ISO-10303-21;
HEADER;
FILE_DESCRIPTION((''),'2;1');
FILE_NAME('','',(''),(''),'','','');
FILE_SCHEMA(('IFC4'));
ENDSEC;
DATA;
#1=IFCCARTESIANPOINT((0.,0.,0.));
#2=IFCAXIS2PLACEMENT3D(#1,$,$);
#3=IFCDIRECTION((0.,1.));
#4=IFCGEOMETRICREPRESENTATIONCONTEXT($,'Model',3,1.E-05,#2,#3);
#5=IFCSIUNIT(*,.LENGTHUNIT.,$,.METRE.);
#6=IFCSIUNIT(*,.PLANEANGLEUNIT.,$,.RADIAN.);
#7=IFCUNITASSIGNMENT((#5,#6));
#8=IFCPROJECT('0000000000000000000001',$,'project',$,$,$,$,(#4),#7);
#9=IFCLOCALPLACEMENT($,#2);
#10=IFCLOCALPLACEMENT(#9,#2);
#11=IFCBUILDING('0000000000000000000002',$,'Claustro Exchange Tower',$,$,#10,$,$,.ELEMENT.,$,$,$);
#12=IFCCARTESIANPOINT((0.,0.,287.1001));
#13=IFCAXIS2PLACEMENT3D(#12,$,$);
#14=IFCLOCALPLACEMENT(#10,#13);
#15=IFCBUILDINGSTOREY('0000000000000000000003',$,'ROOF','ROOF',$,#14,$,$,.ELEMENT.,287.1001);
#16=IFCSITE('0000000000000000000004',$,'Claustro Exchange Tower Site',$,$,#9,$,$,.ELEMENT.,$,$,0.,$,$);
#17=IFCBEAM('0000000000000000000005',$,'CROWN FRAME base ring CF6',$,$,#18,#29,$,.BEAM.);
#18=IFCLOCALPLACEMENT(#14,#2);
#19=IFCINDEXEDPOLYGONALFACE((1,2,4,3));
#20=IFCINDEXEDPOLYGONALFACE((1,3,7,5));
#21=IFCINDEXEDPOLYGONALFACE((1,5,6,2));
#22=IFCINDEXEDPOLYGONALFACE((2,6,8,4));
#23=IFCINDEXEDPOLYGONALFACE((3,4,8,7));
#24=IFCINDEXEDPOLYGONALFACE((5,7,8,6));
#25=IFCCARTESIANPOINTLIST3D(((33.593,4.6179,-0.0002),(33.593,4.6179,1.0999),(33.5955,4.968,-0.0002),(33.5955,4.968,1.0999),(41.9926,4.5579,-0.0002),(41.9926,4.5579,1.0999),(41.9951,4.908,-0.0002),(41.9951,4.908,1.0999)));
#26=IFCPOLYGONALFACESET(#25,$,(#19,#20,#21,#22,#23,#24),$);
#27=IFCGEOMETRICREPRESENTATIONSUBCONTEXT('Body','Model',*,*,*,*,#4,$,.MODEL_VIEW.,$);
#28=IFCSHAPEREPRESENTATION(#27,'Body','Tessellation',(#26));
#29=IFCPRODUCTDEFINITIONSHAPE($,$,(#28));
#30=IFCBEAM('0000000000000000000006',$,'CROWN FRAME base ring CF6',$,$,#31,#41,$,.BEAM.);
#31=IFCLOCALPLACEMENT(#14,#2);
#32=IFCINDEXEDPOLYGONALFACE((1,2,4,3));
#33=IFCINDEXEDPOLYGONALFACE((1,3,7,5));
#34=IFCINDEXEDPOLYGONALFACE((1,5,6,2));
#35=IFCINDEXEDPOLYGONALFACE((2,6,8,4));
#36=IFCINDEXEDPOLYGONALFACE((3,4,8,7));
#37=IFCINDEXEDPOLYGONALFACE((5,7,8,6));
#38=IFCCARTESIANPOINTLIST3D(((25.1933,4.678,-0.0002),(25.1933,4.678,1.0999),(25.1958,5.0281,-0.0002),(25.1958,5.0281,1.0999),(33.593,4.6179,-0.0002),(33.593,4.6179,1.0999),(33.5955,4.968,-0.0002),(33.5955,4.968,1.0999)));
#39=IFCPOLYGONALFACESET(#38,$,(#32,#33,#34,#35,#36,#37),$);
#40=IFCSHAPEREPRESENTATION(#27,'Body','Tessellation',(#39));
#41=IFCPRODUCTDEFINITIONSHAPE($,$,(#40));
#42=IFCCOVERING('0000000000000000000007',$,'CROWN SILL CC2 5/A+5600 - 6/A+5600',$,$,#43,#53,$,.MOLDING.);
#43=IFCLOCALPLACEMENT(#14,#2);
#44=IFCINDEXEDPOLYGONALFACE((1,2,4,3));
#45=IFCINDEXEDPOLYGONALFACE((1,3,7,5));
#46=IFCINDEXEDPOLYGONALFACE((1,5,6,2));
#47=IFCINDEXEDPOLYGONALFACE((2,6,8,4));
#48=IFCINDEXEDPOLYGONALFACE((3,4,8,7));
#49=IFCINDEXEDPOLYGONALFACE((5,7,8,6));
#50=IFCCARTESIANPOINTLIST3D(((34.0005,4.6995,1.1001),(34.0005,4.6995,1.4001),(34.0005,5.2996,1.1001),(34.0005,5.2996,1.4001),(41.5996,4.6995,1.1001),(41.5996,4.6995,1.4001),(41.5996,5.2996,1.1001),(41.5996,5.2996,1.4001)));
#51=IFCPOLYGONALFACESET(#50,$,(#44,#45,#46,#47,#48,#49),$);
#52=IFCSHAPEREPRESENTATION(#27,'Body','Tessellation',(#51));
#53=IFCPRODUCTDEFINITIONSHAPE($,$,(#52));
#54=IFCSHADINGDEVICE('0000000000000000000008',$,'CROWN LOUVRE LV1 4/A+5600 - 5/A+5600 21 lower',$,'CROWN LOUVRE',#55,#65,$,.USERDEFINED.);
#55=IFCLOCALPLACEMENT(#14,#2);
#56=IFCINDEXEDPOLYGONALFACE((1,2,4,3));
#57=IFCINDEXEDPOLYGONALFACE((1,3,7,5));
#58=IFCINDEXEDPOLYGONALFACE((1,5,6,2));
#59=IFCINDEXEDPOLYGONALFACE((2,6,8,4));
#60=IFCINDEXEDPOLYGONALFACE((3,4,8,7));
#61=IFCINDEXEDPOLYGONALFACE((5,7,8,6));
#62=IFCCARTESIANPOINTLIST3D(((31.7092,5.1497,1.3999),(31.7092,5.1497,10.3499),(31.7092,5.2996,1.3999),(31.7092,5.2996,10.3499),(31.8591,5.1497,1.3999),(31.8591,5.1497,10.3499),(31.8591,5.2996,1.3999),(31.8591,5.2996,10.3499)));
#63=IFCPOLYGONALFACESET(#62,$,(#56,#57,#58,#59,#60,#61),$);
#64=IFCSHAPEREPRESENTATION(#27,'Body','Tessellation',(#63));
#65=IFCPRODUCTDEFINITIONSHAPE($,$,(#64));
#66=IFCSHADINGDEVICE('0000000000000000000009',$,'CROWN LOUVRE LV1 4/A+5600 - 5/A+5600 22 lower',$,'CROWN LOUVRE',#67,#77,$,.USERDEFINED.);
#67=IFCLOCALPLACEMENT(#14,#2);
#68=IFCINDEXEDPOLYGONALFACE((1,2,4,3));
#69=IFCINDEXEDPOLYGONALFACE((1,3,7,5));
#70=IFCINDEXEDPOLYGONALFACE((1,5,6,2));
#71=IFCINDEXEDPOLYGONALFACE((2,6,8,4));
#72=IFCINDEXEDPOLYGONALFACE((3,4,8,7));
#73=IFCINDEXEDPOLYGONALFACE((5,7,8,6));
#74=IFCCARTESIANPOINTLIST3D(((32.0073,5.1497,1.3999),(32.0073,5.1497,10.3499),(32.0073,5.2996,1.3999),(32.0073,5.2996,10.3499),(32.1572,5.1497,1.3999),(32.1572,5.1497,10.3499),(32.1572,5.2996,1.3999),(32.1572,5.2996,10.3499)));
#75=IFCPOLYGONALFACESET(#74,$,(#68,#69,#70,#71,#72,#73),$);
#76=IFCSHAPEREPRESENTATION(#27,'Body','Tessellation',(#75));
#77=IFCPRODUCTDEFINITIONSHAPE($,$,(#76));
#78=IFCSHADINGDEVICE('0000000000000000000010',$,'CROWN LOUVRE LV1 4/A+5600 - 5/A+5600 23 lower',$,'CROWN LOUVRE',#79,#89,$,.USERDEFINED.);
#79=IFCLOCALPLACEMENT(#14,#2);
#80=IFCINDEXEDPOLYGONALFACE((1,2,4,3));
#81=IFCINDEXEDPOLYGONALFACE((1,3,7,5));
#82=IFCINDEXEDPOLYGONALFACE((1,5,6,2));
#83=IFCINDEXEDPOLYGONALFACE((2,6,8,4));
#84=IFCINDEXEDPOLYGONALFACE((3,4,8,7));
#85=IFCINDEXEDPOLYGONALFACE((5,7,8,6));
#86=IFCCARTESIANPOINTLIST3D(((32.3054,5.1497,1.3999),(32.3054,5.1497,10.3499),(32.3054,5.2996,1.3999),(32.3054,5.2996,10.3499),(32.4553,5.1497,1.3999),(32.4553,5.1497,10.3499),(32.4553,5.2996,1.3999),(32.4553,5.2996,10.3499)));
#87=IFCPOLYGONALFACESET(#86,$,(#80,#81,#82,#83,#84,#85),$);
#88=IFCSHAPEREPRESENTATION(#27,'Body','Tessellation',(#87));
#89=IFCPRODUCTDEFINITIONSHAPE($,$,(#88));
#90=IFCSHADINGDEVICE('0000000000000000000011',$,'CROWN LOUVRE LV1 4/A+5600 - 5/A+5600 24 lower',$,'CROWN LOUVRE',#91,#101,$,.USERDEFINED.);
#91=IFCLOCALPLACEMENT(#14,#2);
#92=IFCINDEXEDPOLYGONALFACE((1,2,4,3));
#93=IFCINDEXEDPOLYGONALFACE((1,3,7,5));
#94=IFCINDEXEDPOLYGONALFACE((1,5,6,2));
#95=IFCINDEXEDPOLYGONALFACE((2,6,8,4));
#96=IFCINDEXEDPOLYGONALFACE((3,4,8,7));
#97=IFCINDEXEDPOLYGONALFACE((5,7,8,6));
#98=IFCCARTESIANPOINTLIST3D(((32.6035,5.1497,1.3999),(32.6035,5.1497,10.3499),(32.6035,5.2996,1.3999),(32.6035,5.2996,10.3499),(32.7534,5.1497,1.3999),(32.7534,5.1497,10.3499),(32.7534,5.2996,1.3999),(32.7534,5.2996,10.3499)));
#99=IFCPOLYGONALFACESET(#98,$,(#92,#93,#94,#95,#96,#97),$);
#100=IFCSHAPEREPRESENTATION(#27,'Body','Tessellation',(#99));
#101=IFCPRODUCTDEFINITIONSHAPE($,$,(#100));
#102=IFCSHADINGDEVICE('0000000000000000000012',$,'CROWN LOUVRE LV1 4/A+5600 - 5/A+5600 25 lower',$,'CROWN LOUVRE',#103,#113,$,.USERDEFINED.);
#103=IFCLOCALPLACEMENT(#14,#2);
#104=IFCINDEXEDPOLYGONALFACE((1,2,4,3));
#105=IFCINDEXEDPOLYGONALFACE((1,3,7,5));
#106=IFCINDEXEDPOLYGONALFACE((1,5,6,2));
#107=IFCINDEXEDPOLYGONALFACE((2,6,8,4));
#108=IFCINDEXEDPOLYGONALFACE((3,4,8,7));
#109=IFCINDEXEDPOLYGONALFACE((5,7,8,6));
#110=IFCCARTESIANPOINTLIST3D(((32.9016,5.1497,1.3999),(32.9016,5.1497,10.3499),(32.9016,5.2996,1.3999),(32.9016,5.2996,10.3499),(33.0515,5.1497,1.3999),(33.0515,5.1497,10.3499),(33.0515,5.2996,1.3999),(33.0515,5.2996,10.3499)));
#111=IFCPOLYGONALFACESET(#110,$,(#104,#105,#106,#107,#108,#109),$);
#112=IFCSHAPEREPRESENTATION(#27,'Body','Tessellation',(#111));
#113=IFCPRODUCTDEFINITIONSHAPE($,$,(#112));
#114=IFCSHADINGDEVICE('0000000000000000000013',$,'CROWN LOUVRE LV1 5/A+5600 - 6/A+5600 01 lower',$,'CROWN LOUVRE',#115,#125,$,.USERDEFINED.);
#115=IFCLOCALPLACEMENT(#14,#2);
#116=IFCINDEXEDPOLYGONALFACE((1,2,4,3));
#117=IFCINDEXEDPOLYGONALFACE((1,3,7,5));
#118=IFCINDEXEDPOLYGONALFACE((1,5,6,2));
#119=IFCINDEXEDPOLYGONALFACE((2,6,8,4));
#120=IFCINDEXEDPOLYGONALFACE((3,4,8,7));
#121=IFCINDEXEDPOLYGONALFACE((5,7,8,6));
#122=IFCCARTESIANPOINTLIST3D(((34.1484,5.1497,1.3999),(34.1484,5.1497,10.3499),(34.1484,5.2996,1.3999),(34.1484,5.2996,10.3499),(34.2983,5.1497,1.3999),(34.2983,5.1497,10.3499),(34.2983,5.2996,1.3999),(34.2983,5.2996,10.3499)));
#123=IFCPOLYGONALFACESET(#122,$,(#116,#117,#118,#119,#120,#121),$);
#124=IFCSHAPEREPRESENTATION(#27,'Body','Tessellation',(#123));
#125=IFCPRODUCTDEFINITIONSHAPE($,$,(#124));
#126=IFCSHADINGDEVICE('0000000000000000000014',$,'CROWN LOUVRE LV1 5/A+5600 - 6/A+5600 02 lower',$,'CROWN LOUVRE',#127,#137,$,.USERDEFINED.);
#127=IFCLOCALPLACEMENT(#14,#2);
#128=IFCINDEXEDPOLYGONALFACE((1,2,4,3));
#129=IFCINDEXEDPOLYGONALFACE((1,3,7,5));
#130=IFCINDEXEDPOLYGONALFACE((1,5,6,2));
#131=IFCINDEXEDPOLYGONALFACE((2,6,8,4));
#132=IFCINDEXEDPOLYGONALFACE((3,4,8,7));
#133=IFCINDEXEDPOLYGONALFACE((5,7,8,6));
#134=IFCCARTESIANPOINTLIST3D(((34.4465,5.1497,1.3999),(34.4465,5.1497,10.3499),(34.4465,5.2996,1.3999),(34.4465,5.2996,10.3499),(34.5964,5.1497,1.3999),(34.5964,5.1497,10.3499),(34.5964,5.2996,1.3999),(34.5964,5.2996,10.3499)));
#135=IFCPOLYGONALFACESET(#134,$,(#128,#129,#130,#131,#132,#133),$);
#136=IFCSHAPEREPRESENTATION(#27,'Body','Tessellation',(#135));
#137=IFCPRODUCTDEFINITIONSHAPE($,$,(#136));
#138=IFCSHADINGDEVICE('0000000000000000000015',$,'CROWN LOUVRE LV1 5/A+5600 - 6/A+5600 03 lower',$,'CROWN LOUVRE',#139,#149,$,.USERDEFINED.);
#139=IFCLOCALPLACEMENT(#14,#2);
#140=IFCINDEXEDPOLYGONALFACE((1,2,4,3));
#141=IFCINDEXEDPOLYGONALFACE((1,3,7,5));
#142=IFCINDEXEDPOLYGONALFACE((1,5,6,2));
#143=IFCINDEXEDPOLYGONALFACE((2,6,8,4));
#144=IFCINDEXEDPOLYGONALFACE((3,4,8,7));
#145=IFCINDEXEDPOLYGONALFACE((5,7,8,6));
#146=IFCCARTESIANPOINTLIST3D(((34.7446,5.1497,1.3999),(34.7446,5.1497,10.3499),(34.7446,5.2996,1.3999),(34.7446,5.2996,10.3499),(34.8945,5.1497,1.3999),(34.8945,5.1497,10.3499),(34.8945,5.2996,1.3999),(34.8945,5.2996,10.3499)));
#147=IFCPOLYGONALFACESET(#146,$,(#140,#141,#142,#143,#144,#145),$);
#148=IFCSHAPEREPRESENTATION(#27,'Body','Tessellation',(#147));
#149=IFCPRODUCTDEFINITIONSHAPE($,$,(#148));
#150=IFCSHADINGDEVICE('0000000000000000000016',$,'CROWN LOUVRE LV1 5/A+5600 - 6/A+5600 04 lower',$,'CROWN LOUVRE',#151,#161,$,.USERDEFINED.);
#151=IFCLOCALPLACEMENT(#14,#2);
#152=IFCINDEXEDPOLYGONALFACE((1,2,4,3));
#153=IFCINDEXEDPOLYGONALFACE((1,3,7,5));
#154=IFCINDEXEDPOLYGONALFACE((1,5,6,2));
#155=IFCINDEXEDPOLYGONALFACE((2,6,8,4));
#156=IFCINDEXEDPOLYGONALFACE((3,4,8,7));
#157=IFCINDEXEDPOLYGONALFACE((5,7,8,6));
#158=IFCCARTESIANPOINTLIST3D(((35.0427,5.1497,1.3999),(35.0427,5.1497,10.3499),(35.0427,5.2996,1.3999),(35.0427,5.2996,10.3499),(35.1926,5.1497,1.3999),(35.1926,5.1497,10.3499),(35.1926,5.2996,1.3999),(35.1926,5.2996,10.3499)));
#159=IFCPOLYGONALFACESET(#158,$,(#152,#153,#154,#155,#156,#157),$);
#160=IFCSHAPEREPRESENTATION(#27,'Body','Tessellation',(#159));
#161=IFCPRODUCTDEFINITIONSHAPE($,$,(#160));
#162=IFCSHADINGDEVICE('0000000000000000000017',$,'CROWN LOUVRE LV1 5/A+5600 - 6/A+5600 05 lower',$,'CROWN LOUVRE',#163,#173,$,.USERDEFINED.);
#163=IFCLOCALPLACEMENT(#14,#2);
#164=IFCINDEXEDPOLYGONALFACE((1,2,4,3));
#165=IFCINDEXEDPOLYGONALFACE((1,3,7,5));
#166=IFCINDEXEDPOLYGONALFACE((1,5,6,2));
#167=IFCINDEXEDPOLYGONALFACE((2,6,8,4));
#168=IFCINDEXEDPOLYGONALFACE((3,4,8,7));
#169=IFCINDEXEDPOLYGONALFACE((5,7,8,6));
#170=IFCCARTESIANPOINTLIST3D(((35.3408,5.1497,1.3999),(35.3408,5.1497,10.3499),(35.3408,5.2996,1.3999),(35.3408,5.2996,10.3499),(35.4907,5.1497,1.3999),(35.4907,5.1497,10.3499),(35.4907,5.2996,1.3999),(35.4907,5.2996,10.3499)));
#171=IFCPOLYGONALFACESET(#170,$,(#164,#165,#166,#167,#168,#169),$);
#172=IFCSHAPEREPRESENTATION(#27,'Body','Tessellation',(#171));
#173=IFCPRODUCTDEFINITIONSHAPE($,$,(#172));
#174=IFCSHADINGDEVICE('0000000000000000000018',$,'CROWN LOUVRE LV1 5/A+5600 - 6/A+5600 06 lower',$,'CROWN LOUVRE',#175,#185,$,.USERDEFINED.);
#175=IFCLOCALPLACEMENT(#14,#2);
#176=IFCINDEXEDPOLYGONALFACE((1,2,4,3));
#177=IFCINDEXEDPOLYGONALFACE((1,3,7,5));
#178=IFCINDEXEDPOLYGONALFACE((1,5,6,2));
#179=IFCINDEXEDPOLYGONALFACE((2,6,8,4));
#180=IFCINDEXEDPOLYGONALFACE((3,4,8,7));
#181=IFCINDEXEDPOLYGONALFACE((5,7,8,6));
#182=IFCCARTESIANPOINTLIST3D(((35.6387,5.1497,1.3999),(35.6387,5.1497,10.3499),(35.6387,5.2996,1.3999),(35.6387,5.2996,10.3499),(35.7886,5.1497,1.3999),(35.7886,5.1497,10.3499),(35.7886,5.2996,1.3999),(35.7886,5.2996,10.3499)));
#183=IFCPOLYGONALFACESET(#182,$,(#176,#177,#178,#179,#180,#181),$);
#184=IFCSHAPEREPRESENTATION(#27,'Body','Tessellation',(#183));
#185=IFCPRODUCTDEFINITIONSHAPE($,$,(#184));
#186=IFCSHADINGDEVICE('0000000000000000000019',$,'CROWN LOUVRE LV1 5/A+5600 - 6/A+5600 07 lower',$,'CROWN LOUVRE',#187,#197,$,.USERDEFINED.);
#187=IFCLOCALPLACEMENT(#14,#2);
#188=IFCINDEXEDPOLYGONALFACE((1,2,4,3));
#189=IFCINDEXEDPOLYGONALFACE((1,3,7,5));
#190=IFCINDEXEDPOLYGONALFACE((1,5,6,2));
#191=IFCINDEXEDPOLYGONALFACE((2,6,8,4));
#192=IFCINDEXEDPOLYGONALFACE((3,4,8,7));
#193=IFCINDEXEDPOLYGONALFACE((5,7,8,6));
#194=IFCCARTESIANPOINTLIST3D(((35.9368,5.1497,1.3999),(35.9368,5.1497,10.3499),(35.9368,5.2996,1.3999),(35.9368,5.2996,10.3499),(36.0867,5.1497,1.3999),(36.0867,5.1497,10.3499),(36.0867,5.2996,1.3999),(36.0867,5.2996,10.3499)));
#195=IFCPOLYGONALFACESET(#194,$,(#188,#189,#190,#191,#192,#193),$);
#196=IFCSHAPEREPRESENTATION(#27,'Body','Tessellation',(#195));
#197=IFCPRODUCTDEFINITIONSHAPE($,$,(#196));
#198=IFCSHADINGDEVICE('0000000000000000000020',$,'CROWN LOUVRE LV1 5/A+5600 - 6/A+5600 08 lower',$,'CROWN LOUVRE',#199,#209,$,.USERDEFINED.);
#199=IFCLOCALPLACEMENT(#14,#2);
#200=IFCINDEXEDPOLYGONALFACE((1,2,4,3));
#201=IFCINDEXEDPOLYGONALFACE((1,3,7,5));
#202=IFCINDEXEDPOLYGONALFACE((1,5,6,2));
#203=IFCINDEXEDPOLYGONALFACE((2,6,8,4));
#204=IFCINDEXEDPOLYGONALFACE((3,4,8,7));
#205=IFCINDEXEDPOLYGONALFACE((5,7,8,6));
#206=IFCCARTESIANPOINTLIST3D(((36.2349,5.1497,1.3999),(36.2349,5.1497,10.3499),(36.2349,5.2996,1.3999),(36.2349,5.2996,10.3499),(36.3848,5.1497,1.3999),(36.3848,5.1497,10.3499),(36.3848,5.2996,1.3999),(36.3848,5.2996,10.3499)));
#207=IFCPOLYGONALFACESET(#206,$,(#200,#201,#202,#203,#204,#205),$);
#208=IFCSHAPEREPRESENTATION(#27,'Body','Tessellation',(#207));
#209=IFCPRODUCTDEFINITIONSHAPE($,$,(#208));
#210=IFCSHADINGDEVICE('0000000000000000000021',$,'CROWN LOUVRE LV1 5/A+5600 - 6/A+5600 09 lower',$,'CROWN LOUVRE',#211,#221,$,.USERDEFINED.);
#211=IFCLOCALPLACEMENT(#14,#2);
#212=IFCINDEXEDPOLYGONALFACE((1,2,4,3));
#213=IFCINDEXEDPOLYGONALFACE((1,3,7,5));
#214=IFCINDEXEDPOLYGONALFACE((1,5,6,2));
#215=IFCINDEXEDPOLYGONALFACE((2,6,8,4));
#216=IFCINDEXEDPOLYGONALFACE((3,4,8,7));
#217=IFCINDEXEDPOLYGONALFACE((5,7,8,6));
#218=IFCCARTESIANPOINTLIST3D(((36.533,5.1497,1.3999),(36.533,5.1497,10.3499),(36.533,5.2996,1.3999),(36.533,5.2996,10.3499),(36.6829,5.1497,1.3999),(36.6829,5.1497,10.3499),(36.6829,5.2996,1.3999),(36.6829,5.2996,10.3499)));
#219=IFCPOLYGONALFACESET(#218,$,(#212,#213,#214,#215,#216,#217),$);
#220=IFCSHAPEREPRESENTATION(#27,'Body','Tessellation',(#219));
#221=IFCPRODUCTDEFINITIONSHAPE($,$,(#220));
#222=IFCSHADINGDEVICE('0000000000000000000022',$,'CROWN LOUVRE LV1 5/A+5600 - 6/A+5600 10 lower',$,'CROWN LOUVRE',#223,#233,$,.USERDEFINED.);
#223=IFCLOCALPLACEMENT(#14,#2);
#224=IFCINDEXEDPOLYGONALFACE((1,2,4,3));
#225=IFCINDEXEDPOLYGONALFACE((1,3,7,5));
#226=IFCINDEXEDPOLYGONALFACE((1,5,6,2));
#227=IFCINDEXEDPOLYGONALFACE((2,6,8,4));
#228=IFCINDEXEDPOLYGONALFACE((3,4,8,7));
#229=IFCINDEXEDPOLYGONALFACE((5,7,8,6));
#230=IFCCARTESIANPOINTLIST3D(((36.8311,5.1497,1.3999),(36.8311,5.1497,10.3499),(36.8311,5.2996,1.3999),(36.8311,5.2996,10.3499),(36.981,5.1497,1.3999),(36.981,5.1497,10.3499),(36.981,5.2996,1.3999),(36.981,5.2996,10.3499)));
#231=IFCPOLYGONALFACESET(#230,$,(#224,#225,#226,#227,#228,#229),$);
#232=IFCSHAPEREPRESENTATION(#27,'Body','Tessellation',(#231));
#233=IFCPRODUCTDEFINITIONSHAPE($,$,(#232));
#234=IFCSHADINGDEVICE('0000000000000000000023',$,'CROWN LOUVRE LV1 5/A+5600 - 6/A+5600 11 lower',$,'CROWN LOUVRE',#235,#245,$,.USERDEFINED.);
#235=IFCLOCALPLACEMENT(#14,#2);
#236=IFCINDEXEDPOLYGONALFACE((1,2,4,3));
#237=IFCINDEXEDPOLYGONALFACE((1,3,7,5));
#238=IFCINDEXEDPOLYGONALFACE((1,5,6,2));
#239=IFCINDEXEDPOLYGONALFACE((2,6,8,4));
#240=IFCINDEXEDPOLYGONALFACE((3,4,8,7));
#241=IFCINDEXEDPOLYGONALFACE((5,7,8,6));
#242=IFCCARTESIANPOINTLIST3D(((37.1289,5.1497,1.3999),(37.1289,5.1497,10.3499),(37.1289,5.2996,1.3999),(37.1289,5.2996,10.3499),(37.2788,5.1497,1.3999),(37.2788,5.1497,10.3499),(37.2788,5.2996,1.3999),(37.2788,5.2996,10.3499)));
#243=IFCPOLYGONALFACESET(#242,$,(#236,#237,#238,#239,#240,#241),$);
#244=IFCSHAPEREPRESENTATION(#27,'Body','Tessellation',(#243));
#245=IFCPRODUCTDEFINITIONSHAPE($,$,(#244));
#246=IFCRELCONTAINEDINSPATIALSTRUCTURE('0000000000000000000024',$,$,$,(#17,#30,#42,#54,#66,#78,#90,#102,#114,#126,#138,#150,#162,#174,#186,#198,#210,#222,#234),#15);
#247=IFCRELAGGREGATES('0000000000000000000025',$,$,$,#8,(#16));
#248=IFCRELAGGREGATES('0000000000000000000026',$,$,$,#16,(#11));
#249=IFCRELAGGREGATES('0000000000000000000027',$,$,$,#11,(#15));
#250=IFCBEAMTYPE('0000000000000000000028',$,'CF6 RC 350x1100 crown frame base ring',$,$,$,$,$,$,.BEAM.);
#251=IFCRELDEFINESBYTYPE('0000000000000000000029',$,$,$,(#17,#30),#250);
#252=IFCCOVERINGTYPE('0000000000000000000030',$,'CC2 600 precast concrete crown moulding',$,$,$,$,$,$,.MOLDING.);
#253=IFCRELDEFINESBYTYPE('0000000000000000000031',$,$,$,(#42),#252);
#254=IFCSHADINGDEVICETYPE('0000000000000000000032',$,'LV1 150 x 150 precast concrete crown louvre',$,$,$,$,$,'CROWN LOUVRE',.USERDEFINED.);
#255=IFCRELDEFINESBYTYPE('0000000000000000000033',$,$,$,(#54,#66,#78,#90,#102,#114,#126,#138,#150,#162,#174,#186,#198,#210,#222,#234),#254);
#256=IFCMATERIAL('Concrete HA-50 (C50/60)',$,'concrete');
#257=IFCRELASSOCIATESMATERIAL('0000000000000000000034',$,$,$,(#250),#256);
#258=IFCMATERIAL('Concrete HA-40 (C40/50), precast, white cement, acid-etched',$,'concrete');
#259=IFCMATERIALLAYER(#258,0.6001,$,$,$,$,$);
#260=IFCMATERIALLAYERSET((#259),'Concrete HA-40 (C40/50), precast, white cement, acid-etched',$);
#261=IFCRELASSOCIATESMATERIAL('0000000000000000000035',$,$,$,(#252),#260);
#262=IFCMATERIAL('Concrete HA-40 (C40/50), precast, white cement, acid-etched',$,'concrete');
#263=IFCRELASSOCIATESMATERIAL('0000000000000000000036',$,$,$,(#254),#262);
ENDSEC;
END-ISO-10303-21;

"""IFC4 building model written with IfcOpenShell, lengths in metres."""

from ifc_helpers import new_model, si_unit, direction, frame, origin, origin_2d, place, context, subcontext, project, spatial, rectangle, extrude, material, layer, layer_set, material_profile, profile_set, type_object, element, save


model = new_model("IFC4")

# Units and contexts
model_context = context("Model", 3, precision=1e-05, world=origin(), true_north=direction((0.0, 1.0)))
body_context = subcontext(model_context, "Body", "Model", "MODEL_VIEW")
ifc_project = project(units=[si_unit("LENGTHUNIT", "METRE"), si_unit("PLANEANGLEUNIT", "RADIAN")], contexts=[model_context])

# Site, building, storey
site_placement = place(None, origin())
site = spatial("IfcSite", under=ifc_project, at=site_placement, Name="Claustro Exchange Tower Site", CompositionType="ELEMENT", RefElevation=0.0)
building_placement = place(site_placement, origin())
building = spatial("IfcBuilding", under=site, at=building_placement, Name="Claustro Exchange Tower", CompositionType="ELEMENT")
storey_placement = place(building_placement, frame((0.0, 0.0, 287.1001)))
storey = spatial("IfcBuildingStorey", under=building, at=storey_placement, Name="ROOF", Description="ROOF", CompositionType="ELEMENT", Elevation=287.1001)

# Beams
ifc_material_1 = material(Name="Concrete HA-50 (C50/60)", Category="concrete")
ifc_material_profile = material_profile(ifc_material_1, rectangle(XDim=0.3501, YDim=1.1001, at=origin_2d()), Name="RC 350x1100")
ifc_profile_set = profile_set([ifc_material_profile], Name="Concrete HA-50 (C50/60)")
beam_type = type_object("IfcBeamType", Name="CF6 RC 350x1100 crown frame base ring", PredefinedType="BEAM", material=ifc_profile_set)
for number, where, z_axis, x_axis, name in (
    (1, (41.9939, 4.7329, 0.5498), (-0.999974, 0.00715, 0.0), (-0.00715, -0.999974, 0.0), "CROWN FRAME base ring CF6"),
    (2, (33.5942, 4.793, 0.5498), (-0.999974, 0.00715, 0.0), (-0.00715, -0.999974, 0.0), "CROWN FRAME base ring CF6"),
):
    element("IfcBeam", number, at=place(storey_placement, frame(where, z_axis=z_axis, x_axis=x_axis)), inside=storey, type_object=beam_type, Name=name, PredefinedType="BEAM", context=body_context, shape_type="SweptSolid", body=[
        extrude(rectangle(XDim=0.3501, YDim=1.1001, at=origin_2d()), origin(), (0.0, 0.0, 1.0), 8.3999),
    ])

# Covering
ifc_material_2 = material(Name="Concrete HA-40 (C40/50), precast, white cement, acid-etched", Category="concrete")
ifc_layer = layer(ifc_material_2, 0.6001)
ifc_layer_set = layer_set([ifc_layer], Name="Concrete HA-40 (C40/50), precast, white cement, acid-etched")
covering_type = type_object("IfcCoveringType", Name="CC2 600 precast concrete crown moulding", PredefinedType="MOLDING", material=ifc_layer_set)
covering_placement = place(storey_placement, frame((37.8, 4.9995, 1.1001), z_axis=(0.0, 0.0, 1.0), x_axis=(1.0, 0.0, 0.0)))
element("IfcCovering", 3, at=covering_placement, inside=storey, type_object=covering_type, Name="CROWN SILL CC2 5/A+5600 - 6/A+5600", PredefinedType="MOLDING", context=body_context, shape_type="SweptSolid", body=[
    extrude(rectangle(XDim=7.5991, YDim=0.6001, at=origin_2d()), origin(), (0.0, 0.0, 1.0), 0.3),
])

# Shading devices
ifc_material_3 = material(Name="Concrete HA-40 (C40/50), precast, white cement, acid-etched", Category="concrete")
shading_device_type = type_object("IfcShadingDeviceType", Name="LV1 150 x 150 precast concrete crown louvre", ElementType="CROWN LOUVRE", PredefinedType="USERDEFINED", material=ifc_material_3)
for number, where, z_axis, x_axis, name in (
    (4, (31.7842, 5.2246, 1.3999), (0.0, 0.0, 1.0), (1.0, 0.0, 0.0), "CROWN LOUVRE LV1 4/A+5600 - 5/A+5600 21 lower"),
    (5, (32.0823, 5.2246, 1.3999), (0.0, 0.0, 1.0), (1.0, 0.0, 0.0), "CROWN LOUVRE LV1 4/A+5600 - 5/A+5600 22 lower"),
    (6, (32.3804, 5.2246, 1.3999), (0.0, 0.0, 1.0), (1.0, 0.0, 0.0), "CROWN LOUVRE LV1 4/A+5600 - 5/A+5600 23 lower"),
    (7, (32.6785, 5.2246, 1.3999), (0.0, 0.0, 1.0), (1.0, 0.0, 0.0), "CROWN LOUVRE LV1 4/A+5600 - 5/A+5600 24 lower"),
    (8, (32.9766, 5.2246, 1.3999), (0.0, 0.0, 1.0), (1.0, 0.0, 0.0), "CROWN LOUVRE LV1 4/A+5600 - 5/A+5600 25 lower"),
    (9, (34.2234, 5.2246, 1.3999), (0.0, 0.0, 1.0), (1.0, 0.0, 0.0), "CROWN LOUVRE LV1 5/A+5600 - 6/A+5600 01 lower"),
    (10, (34.5215, 5.2246, 1.3999), (0.0, 0.0, 1.0), (1.0, 0.0, 0.0), "CROWN LOUVRE LV1 5/A+5600 - 6/A+5600 02 lower"),
    (11, (34.8196, 5.2246, 1.3999), (0.0, 0.0, 1.0), (1.0, 0.0, 0.0), "CROWN LOUVRE LV1 5/A+5600 - 6/A+5600 03 lower"),
    (12, (35.1177, 5.2246, 1.3999), (0.0, 0.0, 1.0), (1.0, 0.0, 0.0), "CROWN LOUVRE LV1 5/A+5600 - 6/A+5600 04 lower"),
    (13, (35.4158, 5.2246, 1.3999), (0.0, 0.0, 1.0), (1.0, 0.0, 0.0), "CROWN LOUVRE LV1 5/A+5600 - 6/A+5600 05 lower"),
    (14, (35.7136, 5.2246, 1.3999), (0.0, 0.0, 1.0), (1.0, 0.0, 0.0), "CROWN LOUVRE LV1 5/A+5600 - 6/A+5600 06 lower"),
    (15, (36.0117, 5.2246, 1.3999), (0.0, 0.0, 1.0), (1.0, 0.0, 0.0), "CROWN LOUVRE LV1 5/A+5600 - 6/A+5600 07 lower"),
    (16, (36.3098, 5.2246, 1.3999), (0.0, 0.0, 1.0), (1.0, 0.0, 0.0), "CROWN LOUVRE LV1 5/A+5600 - 6/A+5600 08 lower"),
    (17, (36.6079, 5.2246, 1.3999), (0.0, 0.0, 1.0), (1.0, 0.0, 0.0), "CROWN LOUVRE LV1 5/A+5600 - 6/A+5600 09 lower"),
    (18, (36.906, 5.2246, 1.3999), (0.0, 0.0, 1.0), (1.0, 0.0, 0.0), "CROWN LOUVRE LV1 5/A+5600 - 6/A+5600 10 lower"),
    (19, (37.2039, 5.2246, 1.3999), (0.0, 0.0, 1.0), (1.0, 0.0, 0.0), "CROWN LOUVRE LV1 5/A+5600 - 6/A+5600 11 lower"),
):
    element("IfcShadingDevice", number, at=place(storey_placement, frame(where, z_axis=z_axis, x_axis=x_axis)), inside=storey, type_object=shading_device_type, Name=name, ObjectType="CROWN LOUVRE", PredefinedType="USERDEFINED", context=body_context, shape_type="SweptSolid", body=[
        extrude(rectangle(XDim=0.1499, YDim=0.1499, at=origin_2d()), origin(), (0.0, 0.0, 1.0), 8.95),
    ])

save(model, "model.ifc")
